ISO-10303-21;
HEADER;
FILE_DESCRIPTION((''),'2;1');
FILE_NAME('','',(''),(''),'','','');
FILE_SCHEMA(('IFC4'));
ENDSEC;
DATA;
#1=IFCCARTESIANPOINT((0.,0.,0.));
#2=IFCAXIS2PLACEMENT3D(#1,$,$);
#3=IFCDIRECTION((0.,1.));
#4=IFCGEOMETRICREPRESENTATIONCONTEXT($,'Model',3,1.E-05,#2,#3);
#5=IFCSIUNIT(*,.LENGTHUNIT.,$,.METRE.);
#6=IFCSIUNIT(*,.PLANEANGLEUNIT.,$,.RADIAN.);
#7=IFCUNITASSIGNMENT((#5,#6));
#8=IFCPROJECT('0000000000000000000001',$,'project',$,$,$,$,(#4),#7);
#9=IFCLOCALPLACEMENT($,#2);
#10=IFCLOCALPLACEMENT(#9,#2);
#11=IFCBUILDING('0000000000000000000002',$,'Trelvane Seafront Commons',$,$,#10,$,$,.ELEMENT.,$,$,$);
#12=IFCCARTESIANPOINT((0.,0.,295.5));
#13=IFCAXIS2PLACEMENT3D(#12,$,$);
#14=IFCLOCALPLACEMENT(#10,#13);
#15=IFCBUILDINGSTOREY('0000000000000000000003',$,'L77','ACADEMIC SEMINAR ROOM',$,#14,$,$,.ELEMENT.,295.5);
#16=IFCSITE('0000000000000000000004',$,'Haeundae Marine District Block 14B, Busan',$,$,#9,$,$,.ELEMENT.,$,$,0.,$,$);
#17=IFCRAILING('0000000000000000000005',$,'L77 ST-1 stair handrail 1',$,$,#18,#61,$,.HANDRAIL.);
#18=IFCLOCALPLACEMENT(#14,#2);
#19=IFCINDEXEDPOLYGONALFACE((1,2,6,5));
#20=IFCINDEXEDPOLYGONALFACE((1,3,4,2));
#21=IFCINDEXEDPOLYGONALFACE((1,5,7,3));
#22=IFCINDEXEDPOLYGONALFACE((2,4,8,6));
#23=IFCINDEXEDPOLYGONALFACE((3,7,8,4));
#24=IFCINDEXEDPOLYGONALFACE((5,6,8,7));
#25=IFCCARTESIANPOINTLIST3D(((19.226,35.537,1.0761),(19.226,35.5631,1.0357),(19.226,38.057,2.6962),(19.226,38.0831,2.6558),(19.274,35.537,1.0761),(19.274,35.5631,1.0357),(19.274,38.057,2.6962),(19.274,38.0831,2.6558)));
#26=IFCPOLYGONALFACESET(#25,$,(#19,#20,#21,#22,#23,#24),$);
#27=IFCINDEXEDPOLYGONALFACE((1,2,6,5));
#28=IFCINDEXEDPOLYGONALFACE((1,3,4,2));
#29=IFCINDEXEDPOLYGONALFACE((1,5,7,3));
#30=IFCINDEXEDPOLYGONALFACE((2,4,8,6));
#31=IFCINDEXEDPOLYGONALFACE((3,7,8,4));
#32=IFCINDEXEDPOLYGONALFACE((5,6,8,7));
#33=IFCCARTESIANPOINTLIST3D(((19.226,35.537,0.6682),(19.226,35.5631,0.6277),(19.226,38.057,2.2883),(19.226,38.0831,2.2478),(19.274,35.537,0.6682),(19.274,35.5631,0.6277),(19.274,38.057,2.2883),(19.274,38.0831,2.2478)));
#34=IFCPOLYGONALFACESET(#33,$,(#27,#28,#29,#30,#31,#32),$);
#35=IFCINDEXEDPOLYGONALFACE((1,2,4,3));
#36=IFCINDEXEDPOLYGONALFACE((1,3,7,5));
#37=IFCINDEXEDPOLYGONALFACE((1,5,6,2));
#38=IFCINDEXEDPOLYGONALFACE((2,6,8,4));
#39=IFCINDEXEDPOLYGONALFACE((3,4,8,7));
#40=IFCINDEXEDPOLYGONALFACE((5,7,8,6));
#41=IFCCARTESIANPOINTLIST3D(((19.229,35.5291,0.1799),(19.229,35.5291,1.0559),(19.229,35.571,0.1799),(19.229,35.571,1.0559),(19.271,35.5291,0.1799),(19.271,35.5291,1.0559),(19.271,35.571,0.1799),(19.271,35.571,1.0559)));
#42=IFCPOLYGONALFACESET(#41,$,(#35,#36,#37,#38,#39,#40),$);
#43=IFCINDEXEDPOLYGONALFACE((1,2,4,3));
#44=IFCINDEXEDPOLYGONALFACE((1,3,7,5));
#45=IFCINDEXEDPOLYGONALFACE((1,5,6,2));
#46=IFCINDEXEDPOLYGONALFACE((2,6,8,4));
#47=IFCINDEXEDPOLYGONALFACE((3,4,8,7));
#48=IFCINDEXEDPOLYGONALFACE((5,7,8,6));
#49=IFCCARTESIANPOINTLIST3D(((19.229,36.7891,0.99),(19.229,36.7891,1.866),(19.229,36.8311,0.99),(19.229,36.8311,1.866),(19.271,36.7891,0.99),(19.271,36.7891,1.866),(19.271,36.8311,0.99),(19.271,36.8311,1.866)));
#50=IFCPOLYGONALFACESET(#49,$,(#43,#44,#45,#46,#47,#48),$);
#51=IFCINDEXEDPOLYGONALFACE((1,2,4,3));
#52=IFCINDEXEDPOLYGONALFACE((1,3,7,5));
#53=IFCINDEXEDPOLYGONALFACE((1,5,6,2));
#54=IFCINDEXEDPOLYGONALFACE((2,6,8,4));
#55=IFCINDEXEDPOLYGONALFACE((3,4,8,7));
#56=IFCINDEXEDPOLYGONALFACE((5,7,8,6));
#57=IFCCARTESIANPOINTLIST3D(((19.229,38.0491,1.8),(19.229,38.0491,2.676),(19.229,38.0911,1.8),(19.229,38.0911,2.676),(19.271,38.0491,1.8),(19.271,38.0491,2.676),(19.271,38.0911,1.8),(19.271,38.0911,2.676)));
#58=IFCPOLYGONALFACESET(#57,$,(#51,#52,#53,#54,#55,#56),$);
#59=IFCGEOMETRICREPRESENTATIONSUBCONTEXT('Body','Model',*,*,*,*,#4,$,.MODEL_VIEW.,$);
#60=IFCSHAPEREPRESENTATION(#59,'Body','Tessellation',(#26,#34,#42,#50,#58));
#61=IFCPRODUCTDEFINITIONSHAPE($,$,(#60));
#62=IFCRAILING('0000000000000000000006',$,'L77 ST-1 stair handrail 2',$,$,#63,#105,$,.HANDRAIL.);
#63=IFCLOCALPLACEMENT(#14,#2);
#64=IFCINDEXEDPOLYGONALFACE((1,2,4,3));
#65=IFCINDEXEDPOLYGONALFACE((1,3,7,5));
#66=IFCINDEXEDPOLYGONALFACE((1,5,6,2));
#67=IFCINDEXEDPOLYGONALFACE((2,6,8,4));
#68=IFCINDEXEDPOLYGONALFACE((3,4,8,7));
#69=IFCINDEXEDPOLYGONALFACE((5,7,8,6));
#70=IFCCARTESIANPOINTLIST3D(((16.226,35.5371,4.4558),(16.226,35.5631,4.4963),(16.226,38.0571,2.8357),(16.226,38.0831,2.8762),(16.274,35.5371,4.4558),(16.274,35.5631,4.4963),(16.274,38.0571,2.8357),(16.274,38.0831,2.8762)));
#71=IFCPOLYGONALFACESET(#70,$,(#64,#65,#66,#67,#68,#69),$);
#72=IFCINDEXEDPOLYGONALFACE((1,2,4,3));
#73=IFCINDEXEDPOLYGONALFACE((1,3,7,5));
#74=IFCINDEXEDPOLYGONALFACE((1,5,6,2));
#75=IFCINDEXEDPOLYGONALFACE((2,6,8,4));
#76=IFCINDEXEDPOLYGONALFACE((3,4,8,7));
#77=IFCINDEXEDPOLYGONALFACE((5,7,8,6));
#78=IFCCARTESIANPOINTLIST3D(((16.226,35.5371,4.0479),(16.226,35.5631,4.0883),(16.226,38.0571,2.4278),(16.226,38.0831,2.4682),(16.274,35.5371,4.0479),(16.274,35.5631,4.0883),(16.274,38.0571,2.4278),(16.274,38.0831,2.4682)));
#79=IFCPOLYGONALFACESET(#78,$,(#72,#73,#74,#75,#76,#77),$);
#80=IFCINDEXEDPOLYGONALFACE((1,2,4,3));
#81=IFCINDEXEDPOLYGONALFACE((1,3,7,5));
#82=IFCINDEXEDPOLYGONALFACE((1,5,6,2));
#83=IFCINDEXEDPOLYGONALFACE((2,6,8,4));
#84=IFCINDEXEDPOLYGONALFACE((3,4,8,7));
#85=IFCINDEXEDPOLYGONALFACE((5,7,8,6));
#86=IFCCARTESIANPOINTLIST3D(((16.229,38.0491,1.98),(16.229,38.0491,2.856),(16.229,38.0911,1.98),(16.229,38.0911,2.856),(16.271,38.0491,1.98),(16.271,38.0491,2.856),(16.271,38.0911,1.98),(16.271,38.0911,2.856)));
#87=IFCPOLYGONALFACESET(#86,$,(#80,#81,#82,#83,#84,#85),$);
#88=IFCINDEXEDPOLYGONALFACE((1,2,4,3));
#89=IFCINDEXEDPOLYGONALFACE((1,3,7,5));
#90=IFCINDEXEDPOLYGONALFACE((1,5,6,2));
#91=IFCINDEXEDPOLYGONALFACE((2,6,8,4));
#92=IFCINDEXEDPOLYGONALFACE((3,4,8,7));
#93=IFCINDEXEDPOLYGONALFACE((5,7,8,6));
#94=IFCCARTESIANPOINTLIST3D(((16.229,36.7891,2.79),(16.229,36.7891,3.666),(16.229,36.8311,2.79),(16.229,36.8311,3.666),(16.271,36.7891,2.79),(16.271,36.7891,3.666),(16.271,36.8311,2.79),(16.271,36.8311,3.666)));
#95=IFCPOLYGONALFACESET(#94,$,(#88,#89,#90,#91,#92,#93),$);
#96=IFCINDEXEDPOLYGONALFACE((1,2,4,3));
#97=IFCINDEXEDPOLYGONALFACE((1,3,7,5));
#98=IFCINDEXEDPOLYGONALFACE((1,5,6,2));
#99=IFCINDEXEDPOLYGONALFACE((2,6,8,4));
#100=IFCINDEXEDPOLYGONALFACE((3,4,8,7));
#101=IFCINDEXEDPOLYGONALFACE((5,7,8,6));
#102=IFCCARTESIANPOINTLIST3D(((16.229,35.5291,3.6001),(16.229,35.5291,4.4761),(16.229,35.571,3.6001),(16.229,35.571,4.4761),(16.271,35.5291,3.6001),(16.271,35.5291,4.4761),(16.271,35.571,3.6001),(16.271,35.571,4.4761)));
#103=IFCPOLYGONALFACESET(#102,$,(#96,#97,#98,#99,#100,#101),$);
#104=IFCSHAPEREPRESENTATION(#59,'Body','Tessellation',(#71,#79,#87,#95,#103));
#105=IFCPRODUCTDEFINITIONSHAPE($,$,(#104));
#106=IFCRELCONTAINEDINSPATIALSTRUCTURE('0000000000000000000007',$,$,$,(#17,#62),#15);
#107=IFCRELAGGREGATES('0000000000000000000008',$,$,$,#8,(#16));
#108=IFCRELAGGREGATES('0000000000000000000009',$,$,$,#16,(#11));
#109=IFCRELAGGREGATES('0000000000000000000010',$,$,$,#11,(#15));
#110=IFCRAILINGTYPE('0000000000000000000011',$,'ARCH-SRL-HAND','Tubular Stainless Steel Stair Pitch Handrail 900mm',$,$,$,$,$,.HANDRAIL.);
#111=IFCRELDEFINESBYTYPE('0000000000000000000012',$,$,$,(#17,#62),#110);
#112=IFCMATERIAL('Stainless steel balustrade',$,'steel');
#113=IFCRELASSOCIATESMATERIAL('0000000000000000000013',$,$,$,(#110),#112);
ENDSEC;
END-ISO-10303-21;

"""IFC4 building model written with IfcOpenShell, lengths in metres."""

from ifc_helpers import new_model, si_unit, direction, frame, origin, origin_2d, place, context, subcontext, project, spatial, rectangle, extrude, material, type_object, element, save


model = new_model("IFC4")

# Units and contexts
model_context = context("Model", 3, precision=1e-05, world=origin(), true_north=direction((0.0, 1.0)))
body_context = subcontext(model_context, "Body", "Model", "MODEL_VIEW")
ifc_project = project(units=[si_unit("LENGTHUNIT", "METRE"), si_unit("PLANEANGLEUNIT", "RADIAN")], contexts=[model_context])

# Site, building, storey
site_placement = place(None, origin())
site = spatial("IfcSite", under=ifc_project, at=site_placement, Name="Haeundae Marine District Block 14B, Busan", CompositionType="ELEMENT", RefElevation=0.0)
building_placement = place(site_placement, origin())
building = spatial("IfcBuilding", under=site, at=building_placement, Name="Trelvane Seafront Commons", CompositionType="ELEMENT")
storey_placement = place(building_placement, frame((0.0, 0.0, 295.5)))
storey = spatial("IfcBuildingStorey", under=building, at=storey_placement, Name="L77", Description="ACADEMIC SEMINAR ROOM", CompositionType="ELEMENT", Elevation=295.5)

# Shared definitions
ifc_material_1 = material(Name="Stainless steel balustrade", Category="steel")

# Railings
railing_type_1 = type_object("IfcRailingType", Name="ARCH-SRL-HAND", Description="Tubular Stainless Steel Stair Pitch Handrail 900mm", PredefinedType="HANDRAIL", material=ifc_material_1)
railing_1_placement = place(storey_placement, frame((19.25, 35.55, 0.1799)))
element("IfcRailing", 1, at=railing_1_placement, inside=storey, type_object=railing_type_1, Name="L77 ST-1 stair handrail 1", PredefinedType="HANDRAIL", context=body_context, shape_type="SweptSolid", body=[
    extrude(rectangle(XDim=0.0481, YDim=0.0481, at=origin_2d()), frame((0.0, 0.0, 0.876), z_axis=(0.0, 0.841163, 0.540782), x_axis=(-1.0, 0.0, 0.0)), (0.0, 0.0, 1.0), 2.9958),
    extrude(rectangle(XDim=0.0481, YDim=0.0481, at=origin_2d()), frame((0.0, 0.0, 0.468), z_axis=(0.0, 0.841163, 0.540782), x_axis=(-1.0, 0.0, 0.0)), (0.0, 0.0, 1.0), 2.9958),
    extrude(rectangle(XDim=0.042, YDim=0.042, at=origin_2d()), origin(), (0.0, 0.0, 1.0), 0.876),
    extrude(rectangle(XDim=0.042, YDim=0.042, at=origin_2d()), frame((0.0, 1.26, 0.8101)), (0.0, 0.0, 1.0), 0.876),
    extrude(rectangle(XDim=0.042, YDim=0.042, at=origin_2d()), frame((0.0, 2.52, 1.6201)), (0.0, 0.0, 1.0), 0.876),
])
railing_2_placement = place(storey_placement, frame((16.25, 38.0701, 1.98)))
element("IfcRailing", 2, at=railing_2_placement, inside=storey, type_object=railing_type_1, Name="L77 ST-1 stair handrail 2", PredefinedType="HANDRAIL", context=body_context, shape_type="SweptSolid", body=[
    extrude(rectangle(XDim=0.0481, YDim=0.0481, at=origin_2d()), frame((0.0, 0.0, 0.876), z_axis=(0.0, -0.841163, 0.540782), x_axis=(1.0, 0.0, 0.0)), (0.0, 0.0, 1.0), 2.9958),
    extrude(rectangle(XDim=0.0481, YDim=0.0481, at=origin_2d()), frame((0.0, 0.0, 0.468), z_axis=(0.0, -0.841163, 0.540782), x_axis=(1.0, 0.0, 0.0)), (0.0, 0.0, 1.0), 2.9958),
    extrude(rectangle(XDim=0.042, YDim=0.042, at=origin_2d()), origin(), (0.0, 0.0, 1.0), 0.876),
    extrude(rectangle(XDim=0.042, YDim=0.042, at=origin_2d()), frame((0.0, -1.26, 0.8101)), (0.0, 0.0, 1.0), 0.876),
    extrude(rectangle(XDim=0.042, YDim=0.042, at=origin_2d()), frame((0.0, -2.52, 1.6201)), (0.0, 0.0, 1.0), 0.876),
])

save(model, "model.ifc")
